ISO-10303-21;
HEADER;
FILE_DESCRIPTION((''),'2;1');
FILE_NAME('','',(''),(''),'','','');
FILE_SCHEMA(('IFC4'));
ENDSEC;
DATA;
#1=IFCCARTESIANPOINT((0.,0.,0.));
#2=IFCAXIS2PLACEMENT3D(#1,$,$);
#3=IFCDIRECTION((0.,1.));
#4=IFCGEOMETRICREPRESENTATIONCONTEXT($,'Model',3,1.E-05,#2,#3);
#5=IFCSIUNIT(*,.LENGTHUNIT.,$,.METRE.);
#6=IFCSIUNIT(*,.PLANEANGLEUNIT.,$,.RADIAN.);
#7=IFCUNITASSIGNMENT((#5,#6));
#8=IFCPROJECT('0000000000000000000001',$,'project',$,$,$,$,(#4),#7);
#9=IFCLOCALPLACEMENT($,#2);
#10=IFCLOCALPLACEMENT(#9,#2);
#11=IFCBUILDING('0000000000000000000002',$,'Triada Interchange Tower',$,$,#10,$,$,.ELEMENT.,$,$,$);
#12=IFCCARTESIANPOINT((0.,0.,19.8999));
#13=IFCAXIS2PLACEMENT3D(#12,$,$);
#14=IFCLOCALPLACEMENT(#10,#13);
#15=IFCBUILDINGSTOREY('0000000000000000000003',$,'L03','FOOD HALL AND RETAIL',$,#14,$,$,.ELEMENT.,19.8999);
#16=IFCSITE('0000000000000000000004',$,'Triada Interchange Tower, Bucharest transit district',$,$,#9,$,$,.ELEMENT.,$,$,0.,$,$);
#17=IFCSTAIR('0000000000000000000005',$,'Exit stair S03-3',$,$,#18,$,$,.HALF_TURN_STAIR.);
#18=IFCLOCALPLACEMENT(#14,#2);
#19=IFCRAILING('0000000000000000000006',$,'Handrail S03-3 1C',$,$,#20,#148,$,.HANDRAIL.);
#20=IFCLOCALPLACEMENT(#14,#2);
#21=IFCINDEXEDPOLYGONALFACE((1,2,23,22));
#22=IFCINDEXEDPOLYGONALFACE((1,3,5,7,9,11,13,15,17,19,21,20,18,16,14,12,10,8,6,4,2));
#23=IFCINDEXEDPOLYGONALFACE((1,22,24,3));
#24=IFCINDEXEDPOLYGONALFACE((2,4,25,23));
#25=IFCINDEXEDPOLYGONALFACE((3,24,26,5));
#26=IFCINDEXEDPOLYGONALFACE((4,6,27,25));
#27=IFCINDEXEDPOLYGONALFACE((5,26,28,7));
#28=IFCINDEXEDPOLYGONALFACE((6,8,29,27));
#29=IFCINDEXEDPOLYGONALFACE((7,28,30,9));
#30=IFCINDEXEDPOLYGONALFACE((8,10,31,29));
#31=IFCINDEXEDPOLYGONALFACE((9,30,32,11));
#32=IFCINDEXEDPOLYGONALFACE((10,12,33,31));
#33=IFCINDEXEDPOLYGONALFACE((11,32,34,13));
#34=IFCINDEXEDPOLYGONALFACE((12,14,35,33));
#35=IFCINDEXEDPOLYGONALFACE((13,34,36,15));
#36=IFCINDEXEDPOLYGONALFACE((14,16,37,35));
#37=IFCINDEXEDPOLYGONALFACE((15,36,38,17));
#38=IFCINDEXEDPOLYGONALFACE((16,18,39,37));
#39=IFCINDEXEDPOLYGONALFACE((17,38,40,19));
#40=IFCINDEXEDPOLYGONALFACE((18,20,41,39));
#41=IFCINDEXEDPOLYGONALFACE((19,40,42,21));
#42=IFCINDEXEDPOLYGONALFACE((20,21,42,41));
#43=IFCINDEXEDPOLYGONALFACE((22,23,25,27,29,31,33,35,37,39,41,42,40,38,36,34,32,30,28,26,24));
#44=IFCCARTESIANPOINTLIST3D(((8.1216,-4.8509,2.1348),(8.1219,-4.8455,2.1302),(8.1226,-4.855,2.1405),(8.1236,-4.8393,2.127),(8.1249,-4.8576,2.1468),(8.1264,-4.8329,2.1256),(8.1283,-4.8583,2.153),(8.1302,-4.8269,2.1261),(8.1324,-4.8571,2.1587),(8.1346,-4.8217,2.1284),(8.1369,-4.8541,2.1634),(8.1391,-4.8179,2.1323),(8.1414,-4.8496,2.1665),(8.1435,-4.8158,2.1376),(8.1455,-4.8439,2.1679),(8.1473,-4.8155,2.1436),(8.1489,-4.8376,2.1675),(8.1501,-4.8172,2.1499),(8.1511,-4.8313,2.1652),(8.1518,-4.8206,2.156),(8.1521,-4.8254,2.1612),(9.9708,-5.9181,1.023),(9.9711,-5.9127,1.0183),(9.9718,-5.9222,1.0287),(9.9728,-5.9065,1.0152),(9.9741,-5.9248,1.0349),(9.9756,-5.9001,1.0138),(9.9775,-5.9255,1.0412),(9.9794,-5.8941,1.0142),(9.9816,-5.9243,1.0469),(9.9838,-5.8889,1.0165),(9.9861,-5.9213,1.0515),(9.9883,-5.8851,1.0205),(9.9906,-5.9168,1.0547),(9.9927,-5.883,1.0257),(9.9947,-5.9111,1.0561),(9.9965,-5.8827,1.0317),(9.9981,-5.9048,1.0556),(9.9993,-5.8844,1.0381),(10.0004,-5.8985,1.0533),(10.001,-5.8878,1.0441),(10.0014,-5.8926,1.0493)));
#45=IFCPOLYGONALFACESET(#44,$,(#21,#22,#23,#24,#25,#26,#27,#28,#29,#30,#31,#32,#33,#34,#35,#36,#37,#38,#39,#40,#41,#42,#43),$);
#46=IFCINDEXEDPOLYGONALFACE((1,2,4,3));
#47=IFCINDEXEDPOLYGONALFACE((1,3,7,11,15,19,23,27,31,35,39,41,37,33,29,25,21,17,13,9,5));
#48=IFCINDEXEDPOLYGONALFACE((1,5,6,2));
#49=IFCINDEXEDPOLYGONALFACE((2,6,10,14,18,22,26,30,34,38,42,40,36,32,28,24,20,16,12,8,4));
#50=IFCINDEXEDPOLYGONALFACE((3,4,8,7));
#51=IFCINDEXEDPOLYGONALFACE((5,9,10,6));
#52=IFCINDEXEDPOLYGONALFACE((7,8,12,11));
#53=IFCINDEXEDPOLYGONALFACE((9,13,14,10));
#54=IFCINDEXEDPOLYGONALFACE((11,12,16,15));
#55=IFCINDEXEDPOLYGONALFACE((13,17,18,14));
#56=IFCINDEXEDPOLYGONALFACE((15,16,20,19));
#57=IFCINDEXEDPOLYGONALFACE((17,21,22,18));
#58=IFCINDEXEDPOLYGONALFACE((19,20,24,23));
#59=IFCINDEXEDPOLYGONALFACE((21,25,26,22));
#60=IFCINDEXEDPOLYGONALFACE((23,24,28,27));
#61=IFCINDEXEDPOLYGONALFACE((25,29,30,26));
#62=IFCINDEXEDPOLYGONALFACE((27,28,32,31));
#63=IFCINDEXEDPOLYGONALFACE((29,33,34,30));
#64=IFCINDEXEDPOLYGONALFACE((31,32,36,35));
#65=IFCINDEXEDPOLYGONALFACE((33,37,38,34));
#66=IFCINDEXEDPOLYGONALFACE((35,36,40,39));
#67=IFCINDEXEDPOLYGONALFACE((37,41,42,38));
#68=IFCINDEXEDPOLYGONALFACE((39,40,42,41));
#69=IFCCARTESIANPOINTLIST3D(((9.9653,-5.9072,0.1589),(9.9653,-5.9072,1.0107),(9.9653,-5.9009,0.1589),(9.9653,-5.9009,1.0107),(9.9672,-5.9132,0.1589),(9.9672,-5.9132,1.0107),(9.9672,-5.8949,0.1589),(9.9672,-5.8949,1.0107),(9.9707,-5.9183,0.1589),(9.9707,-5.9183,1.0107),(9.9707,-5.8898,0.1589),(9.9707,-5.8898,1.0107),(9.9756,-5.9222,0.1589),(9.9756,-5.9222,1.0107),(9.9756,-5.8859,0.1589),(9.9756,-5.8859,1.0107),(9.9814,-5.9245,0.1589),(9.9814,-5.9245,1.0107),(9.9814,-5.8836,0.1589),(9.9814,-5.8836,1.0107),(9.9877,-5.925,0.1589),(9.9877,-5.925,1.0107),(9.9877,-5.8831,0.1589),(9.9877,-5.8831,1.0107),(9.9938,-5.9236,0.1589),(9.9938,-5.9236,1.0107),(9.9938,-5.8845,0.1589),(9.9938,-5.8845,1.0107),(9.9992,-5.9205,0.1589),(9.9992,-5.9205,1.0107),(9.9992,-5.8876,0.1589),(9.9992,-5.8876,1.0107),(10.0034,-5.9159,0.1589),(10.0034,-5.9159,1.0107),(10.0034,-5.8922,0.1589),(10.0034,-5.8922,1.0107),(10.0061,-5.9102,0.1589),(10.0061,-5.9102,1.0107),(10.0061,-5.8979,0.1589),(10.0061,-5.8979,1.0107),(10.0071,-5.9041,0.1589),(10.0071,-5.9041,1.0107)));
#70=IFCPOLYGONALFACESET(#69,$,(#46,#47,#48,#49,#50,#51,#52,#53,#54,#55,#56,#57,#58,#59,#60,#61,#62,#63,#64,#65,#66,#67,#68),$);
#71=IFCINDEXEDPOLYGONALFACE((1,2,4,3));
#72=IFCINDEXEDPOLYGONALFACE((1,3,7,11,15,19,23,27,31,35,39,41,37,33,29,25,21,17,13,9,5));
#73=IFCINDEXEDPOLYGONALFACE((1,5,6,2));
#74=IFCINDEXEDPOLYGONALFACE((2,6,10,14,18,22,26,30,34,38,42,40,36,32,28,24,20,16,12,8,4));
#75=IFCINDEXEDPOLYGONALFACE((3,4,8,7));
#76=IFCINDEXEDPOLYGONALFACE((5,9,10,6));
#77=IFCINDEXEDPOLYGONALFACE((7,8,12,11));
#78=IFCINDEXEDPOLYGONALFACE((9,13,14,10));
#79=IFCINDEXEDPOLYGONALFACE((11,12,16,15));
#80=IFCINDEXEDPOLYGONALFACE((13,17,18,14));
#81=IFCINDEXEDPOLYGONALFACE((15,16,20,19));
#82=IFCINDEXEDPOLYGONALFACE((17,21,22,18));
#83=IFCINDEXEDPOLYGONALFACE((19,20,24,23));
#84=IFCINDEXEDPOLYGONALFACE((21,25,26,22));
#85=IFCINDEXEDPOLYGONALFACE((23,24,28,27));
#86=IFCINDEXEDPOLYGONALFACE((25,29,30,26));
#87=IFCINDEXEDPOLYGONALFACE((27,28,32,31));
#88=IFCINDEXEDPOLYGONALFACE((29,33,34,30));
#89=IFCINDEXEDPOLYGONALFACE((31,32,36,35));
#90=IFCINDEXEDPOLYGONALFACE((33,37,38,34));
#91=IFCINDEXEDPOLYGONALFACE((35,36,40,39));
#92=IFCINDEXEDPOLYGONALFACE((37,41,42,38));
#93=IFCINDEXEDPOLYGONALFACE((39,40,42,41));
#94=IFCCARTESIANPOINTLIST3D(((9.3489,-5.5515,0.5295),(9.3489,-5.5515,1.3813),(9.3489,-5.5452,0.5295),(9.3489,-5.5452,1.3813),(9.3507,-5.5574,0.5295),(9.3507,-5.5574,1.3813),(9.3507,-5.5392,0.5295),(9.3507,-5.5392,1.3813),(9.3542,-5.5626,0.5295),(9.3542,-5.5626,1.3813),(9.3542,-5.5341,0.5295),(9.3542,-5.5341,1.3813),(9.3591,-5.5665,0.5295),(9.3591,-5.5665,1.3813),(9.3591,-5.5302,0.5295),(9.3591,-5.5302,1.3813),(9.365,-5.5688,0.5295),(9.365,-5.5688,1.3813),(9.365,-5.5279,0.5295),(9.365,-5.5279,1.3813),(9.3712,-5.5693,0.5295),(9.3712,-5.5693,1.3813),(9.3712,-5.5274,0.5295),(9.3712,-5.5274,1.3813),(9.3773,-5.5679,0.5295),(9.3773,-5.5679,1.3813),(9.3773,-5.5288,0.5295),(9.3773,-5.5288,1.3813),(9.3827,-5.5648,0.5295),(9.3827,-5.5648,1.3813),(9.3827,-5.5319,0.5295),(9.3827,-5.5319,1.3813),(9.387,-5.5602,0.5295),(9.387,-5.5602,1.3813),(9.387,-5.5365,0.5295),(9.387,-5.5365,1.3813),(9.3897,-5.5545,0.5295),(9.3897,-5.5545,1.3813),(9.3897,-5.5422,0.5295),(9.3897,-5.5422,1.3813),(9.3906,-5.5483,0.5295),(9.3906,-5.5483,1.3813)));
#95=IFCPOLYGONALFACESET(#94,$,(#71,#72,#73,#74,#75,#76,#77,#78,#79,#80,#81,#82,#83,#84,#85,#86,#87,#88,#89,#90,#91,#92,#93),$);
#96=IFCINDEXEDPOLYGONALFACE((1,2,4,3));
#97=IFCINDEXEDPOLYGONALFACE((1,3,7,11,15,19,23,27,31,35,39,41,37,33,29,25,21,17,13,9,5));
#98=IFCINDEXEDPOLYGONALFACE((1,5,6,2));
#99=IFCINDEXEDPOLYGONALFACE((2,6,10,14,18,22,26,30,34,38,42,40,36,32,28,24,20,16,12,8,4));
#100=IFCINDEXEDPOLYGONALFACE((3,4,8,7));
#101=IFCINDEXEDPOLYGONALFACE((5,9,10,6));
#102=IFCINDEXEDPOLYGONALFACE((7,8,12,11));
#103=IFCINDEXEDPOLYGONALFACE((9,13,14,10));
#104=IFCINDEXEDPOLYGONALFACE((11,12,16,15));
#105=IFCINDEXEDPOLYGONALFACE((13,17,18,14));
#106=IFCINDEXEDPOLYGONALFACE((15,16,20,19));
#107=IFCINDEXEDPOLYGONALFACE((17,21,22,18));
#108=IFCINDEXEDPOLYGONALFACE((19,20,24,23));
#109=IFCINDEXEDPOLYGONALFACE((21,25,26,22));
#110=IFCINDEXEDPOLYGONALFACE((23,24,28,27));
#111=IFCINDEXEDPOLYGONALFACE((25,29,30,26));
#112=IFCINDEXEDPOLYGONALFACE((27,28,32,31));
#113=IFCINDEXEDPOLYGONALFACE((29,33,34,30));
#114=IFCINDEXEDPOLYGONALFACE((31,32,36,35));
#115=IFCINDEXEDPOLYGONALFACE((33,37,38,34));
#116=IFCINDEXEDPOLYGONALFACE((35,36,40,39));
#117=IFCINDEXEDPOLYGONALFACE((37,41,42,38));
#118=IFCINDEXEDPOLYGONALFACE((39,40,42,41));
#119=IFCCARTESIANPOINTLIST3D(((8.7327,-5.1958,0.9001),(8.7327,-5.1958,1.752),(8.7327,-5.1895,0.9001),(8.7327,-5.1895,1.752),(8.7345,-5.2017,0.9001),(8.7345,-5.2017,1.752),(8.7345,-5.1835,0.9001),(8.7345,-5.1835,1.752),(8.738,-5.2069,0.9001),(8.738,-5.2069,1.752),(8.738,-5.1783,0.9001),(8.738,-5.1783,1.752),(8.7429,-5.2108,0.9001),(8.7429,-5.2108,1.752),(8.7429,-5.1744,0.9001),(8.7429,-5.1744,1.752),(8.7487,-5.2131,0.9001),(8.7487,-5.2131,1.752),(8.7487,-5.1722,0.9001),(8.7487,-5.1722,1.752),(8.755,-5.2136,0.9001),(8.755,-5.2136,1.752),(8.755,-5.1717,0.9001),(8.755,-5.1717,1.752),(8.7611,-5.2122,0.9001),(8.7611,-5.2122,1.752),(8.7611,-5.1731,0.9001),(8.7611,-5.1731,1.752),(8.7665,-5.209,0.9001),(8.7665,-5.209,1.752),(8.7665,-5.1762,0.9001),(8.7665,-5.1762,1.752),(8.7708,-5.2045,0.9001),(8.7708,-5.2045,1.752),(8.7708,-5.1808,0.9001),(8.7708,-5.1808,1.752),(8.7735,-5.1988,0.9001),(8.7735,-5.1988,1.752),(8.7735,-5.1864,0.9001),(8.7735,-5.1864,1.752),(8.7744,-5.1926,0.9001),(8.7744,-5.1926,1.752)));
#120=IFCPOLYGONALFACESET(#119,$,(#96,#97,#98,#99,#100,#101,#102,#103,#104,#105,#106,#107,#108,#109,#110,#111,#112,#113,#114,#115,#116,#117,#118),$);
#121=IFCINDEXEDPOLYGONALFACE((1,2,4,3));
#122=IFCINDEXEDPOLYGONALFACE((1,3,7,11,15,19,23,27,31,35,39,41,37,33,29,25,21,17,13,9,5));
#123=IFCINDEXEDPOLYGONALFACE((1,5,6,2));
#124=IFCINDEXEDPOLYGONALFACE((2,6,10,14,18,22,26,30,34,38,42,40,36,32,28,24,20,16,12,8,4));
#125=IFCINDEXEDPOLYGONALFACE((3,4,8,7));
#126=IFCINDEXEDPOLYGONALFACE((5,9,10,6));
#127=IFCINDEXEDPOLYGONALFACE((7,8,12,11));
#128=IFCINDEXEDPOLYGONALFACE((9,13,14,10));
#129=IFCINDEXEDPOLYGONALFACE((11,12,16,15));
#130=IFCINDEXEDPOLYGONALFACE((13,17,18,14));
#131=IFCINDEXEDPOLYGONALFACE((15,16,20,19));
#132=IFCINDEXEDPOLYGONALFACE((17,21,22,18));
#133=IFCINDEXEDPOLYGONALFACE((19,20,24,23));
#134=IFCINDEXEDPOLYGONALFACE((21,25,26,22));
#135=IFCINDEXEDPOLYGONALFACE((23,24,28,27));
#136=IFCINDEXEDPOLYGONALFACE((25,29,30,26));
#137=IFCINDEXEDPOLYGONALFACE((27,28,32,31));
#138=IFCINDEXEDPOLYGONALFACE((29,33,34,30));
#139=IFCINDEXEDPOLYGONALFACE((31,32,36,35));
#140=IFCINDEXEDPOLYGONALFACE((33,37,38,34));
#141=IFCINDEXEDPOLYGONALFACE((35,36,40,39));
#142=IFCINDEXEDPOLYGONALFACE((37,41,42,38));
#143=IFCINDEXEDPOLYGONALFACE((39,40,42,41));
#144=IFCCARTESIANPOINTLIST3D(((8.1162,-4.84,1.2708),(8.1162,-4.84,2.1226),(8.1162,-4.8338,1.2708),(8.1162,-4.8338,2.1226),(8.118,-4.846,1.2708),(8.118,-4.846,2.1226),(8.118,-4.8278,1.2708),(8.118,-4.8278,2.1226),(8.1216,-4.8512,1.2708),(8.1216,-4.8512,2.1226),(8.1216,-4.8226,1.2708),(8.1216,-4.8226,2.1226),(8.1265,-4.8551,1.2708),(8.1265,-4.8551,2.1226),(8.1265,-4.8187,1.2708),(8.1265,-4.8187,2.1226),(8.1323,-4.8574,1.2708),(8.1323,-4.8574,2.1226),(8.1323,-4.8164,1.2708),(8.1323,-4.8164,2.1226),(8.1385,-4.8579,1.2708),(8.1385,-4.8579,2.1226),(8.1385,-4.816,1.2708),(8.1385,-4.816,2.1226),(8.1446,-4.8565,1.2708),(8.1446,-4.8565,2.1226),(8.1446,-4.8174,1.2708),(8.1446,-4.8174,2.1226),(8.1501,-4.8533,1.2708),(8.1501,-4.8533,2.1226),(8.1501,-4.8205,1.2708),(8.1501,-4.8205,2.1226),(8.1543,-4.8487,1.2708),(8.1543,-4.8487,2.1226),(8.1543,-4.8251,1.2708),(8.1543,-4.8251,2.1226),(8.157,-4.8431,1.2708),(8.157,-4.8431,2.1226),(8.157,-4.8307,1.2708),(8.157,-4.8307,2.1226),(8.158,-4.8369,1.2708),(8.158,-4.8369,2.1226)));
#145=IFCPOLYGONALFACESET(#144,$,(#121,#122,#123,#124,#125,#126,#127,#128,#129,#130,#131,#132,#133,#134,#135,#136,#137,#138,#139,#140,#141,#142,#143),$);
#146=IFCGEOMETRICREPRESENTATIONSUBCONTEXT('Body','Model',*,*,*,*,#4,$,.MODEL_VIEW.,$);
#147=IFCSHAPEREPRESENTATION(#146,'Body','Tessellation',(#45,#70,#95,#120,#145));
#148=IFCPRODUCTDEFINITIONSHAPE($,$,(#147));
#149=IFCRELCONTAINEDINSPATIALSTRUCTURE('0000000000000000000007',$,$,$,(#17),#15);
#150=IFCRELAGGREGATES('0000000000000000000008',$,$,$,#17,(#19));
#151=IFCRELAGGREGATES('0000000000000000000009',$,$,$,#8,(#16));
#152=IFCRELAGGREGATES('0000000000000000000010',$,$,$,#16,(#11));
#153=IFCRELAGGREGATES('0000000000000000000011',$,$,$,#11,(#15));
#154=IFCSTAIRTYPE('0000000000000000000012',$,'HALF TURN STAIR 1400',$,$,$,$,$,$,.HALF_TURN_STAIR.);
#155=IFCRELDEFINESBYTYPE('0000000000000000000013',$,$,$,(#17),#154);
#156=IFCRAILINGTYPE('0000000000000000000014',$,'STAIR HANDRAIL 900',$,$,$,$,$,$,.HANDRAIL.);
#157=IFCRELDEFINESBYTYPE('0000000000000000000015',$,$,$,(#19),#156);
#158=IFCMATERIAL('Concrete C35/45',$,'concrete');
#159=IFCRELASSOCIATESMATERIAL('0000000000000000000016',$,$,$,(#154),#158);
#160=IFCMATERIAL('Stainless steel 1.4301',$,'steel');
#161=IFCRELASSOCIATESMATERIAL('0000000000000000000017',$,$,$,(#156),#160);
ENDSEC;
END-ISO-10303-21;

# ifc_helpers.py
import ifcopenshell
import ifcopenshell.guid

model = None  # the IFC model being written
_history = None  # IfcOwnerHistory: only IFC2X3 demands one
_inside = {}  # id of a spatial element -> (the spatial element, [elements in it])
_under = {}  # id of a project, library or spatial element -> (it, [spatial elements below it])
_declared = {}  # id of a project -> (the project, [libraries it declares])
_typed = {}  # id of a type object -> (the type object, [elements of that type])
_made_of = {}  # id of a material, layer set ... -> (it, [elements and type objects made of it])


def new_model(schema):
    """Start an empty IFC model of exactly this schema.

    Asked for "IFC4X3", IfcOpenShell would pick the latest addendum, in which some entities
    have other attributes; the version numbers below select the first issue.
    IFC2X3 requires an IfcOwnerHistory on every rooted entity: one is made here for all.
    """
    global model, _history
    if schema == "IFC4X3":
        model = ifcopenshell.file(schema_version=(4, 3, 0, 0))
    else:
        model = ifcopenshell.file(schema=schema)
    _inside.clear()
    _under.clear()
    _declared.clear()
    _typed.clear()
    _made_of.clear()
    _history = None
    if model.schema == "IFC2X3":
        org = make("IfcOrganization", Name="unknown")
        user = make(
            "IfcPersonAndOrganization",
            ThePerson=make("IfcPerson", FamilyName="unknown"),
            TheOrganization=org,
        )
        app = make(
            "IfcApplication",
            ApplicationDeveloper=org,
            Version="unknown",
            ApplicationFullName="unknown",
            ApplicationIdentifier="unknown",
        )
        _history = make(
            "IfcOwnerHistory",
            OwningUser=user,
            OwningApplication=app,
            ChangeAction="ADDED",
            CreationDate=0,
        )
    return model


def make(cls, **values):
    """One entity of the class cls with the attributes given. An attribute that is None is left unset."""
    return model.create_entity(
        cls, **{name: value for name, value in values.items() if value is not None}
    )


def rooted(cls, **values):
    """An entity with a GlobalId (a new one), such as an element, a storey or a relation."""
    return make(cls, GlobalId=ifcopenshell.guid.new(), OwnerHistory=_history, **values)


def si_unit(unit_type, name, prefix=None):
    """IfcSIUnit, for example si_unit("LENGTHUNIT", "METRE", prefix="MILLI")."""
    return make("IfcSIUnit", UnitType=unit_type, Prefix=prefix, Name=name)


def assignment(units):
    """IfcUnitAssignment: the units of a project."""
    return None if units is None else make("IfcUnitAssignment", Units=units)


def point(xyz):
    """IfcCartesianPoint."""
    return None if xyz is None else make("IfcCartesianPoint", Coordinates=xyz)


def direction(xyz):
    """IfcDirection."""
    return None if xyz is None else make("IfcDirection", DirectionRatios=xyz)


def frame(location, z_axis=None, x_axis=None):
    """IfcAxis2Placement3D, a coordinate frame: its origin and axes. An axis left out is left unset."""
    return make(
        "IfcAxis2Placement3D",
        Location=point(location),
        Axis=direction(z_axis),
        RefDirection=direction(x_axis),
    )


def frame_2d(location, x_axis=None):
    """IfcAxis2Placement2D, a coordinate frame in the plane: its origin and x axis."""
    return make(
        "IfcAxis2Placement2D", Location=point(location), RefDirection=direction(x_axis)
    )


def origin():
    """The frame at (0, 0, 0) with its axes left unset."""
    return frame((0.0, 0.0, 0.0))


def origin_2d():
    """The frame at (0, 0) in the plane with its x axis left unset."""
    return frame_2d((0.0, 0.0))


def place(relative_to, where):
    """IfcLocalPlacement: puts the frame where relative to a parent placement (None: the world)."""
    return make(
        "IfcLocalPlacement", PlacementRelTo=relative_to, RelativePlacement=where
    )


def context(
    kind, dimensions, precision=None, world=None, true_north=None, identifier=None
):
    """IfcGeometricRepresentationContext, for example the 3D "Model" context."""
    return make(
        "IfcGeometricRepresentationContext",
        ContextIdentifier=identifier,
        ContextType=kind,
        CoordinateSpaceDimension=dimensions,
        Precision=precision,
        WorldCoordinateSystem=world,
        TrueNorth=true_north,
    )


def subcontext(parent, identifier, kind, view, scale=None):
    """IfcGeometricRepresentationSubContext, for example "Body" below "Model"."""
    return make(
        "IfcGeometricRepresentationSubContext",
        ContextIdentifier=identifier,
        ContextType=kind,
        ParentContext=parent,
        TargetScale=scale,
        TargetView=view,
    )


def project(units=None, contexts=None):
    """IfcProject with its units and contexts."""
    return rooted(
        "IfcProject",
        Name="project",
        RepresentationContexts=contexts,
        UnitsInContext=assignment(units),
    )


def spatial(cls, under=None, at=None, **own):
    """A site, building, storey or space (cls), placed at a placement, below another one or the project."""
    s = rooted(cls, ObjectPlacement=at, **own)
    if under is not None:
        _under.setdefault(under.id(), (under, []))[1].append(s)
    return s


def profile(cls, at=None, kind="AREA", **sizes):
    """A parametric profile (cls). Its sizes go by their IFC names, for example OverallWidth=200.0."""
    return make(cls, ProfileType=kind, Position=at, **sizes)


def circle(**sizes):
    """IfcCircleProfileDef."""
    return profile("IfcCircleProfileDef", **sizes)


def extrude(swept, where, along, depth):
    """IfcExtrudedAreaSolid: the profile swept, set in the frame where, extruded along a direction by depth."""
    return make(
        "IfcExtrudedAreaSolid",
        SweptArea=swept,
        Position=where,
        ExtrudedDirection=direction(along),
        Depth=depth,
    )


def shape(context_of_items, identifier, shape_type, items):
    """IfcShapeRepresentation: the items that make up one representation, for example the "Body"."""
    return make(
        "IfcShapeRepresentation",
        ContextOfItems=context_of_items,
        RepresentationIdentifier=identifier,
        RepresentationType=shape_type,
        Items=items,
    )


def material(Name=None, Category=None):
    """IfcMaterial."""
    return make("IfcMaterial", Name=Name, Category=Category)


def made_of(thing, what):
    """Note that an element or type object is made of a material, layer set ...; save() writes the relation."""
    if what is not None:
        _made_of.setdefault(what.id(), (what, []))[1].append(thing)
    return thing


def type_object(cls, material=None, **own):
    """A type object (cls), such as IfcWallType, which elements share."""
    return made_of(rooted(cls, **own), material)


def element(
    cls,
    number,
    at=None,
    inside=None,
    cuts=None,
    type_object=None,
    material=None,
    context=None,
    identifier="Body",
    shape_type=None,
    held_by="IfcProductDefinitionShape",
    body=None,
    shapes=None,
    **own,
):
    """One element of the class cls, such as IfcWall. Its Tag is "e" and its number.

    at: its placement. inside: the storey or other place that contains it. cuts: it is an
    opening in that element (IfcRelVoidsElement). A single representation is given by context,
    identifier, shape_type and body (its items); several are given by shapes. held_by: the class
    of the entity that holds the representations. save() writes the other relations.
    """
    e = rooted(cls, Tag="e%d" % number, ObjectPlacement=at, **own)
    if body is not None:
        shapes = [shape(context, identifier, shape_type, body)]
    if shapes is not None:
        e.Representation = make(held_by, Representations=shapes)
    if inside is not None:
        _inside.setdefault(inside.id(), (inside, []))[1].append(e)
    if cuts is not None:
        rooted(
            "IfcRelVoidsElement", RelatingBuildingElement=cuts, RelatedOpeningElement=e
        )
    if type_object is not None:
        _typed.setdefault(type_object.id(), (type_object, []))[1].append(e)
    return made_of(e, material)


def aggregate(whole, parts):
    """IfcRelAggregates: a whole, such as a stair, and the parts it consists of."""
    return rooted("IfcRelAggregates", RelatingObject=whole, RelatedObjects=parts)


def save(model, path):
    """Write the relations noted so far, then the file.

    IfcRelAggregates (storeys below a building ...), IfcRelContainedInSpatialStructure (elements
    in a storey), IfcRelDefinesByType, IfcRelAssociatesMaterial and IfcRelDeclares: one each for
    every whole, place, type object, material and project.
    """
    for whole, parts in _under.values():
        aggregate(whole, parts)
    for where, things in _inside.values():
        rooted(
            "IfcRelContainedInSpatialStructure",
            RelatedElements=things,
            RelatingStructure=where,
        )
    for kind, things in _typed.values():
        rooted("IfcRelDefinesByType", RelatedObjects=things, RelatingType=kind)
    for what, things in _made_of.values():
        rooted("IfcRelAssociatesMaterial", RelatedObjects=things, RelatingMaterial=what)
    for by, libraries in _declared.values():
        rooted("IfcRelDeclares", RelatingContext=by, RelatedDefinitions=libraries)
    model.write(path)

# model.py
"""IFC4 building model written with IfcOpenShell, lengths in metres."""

from ifc_helpers import new_model, si_unit, direction, frame, origin, origin_2d, place, context, subcontext, project, spatial, circle, extrude, material, type_object, element, aggregate, save


model = new_model("IFC4")

# Units and contexts
model_context = context("Model", 3, precision=1e-05, world=origin(), true_north=direction((0.0, 1.0)))
body_context = subcontext(model_context, "Body", "Model", "MODEL_VIEW")
ifc_project = project(units=[si_unit("LENGTHUNIT", "METRE"), si_unit("PLANEANGLEUNIT", "RADIAN")], contexts=[model_context])

# Site, building, storey
site_placement = place(None, origin())
site = spatial("IfcSite", under=ifc_project, at=site_placement, Name="Triada Interchange Tower, Bucharest transit district", CompositionType="ELEMENT", RefElevation=0.0)
building_placement = place(site_placement, origin())
building = spatial("IfcBuilding", under=site, at=building_placement, Name="Triada Interchange Tower", CompositionType="ELEMENT")
storey_placement = place(building_placement, frame((0.0, 0.0, 19.8999)))
storey = spatial("IfcBuildingStorey", under=building, at=storey_placement, Name="L03", Description="FOOD HALL AND RETAIL", CompositionType="ELEMENT", Elevation=19.8999)

# Shared definitions
ifc_material_1 = material(Name="Concrete C35/45", Category="concrete")

# Stair, railing
stair_type = type_object("IfcStairType", Name="HALF TURN STAIR 1400", PredefinedType="HALF_TURN_STAIR", material=ifc_material_1)
stair_placement = place(storey_placement, origin())
stair = element("IfcStair", 1, at=stair_placement, inside=storey, type_object=stair_type, Name="Exit stair S03-3", PredefinedType="HALF_TURN_STAIR")
ifc_material_2 = material(Name="Stainless steel 1.4301", Category="steel")
railing_type_1 = type_object("IfcRailingType", Name="STAIR HANDRAIL 900", PredefinedType="HANDRAIL", material=ifc_material_2)
railing_1_placement = place(storey_placement, frame((9.9861, -5.9041, 0.1589)))
railing_1 = element("IfcRailing", 2, at=railing_1_placement, type_object=railing_type_1, Name="Handrail S03-3 1C", PredefinedType="HANDRAIL", context=body_context, shape_type="SweptSolid", body=[
    extrude(circle(Radius=0.0239, at=origin_2d()), frame((0.0, 0.0, 0.876), z_axis=(-0.768192, 0.443328, 0.461889), x_axis=(-0.499841, -0.866117, 0.0)), (0.0, 0.0, 1.0), 2.4072),
    extrude(circle(Radius=0.021, at=origin_2d()), origin(), (0.0, 0.0, 1.0), 0.8518),
    extrude(circle(Radius=0.021, at=origin_2d()), frame((-0.6165, 0.3557, 0.3706)), (0.0, 0.0, 1.0), 0.8518),
    extrude(circle(Radius=0.021, at=origin_2d()), frame((-1.2327, 0.7114, 0.7412)), (0.0, 0.0, 1.0), 0.8518),
    extrude(circle(Radius=0.021, at=origin_2d()), frame((-1.8491, 1.0671, 1.1118)), (0.0, 0.0, 1.0), 0.8518),
])
aggregate(stair, [railing_1])

save(model, "model.ifc")
